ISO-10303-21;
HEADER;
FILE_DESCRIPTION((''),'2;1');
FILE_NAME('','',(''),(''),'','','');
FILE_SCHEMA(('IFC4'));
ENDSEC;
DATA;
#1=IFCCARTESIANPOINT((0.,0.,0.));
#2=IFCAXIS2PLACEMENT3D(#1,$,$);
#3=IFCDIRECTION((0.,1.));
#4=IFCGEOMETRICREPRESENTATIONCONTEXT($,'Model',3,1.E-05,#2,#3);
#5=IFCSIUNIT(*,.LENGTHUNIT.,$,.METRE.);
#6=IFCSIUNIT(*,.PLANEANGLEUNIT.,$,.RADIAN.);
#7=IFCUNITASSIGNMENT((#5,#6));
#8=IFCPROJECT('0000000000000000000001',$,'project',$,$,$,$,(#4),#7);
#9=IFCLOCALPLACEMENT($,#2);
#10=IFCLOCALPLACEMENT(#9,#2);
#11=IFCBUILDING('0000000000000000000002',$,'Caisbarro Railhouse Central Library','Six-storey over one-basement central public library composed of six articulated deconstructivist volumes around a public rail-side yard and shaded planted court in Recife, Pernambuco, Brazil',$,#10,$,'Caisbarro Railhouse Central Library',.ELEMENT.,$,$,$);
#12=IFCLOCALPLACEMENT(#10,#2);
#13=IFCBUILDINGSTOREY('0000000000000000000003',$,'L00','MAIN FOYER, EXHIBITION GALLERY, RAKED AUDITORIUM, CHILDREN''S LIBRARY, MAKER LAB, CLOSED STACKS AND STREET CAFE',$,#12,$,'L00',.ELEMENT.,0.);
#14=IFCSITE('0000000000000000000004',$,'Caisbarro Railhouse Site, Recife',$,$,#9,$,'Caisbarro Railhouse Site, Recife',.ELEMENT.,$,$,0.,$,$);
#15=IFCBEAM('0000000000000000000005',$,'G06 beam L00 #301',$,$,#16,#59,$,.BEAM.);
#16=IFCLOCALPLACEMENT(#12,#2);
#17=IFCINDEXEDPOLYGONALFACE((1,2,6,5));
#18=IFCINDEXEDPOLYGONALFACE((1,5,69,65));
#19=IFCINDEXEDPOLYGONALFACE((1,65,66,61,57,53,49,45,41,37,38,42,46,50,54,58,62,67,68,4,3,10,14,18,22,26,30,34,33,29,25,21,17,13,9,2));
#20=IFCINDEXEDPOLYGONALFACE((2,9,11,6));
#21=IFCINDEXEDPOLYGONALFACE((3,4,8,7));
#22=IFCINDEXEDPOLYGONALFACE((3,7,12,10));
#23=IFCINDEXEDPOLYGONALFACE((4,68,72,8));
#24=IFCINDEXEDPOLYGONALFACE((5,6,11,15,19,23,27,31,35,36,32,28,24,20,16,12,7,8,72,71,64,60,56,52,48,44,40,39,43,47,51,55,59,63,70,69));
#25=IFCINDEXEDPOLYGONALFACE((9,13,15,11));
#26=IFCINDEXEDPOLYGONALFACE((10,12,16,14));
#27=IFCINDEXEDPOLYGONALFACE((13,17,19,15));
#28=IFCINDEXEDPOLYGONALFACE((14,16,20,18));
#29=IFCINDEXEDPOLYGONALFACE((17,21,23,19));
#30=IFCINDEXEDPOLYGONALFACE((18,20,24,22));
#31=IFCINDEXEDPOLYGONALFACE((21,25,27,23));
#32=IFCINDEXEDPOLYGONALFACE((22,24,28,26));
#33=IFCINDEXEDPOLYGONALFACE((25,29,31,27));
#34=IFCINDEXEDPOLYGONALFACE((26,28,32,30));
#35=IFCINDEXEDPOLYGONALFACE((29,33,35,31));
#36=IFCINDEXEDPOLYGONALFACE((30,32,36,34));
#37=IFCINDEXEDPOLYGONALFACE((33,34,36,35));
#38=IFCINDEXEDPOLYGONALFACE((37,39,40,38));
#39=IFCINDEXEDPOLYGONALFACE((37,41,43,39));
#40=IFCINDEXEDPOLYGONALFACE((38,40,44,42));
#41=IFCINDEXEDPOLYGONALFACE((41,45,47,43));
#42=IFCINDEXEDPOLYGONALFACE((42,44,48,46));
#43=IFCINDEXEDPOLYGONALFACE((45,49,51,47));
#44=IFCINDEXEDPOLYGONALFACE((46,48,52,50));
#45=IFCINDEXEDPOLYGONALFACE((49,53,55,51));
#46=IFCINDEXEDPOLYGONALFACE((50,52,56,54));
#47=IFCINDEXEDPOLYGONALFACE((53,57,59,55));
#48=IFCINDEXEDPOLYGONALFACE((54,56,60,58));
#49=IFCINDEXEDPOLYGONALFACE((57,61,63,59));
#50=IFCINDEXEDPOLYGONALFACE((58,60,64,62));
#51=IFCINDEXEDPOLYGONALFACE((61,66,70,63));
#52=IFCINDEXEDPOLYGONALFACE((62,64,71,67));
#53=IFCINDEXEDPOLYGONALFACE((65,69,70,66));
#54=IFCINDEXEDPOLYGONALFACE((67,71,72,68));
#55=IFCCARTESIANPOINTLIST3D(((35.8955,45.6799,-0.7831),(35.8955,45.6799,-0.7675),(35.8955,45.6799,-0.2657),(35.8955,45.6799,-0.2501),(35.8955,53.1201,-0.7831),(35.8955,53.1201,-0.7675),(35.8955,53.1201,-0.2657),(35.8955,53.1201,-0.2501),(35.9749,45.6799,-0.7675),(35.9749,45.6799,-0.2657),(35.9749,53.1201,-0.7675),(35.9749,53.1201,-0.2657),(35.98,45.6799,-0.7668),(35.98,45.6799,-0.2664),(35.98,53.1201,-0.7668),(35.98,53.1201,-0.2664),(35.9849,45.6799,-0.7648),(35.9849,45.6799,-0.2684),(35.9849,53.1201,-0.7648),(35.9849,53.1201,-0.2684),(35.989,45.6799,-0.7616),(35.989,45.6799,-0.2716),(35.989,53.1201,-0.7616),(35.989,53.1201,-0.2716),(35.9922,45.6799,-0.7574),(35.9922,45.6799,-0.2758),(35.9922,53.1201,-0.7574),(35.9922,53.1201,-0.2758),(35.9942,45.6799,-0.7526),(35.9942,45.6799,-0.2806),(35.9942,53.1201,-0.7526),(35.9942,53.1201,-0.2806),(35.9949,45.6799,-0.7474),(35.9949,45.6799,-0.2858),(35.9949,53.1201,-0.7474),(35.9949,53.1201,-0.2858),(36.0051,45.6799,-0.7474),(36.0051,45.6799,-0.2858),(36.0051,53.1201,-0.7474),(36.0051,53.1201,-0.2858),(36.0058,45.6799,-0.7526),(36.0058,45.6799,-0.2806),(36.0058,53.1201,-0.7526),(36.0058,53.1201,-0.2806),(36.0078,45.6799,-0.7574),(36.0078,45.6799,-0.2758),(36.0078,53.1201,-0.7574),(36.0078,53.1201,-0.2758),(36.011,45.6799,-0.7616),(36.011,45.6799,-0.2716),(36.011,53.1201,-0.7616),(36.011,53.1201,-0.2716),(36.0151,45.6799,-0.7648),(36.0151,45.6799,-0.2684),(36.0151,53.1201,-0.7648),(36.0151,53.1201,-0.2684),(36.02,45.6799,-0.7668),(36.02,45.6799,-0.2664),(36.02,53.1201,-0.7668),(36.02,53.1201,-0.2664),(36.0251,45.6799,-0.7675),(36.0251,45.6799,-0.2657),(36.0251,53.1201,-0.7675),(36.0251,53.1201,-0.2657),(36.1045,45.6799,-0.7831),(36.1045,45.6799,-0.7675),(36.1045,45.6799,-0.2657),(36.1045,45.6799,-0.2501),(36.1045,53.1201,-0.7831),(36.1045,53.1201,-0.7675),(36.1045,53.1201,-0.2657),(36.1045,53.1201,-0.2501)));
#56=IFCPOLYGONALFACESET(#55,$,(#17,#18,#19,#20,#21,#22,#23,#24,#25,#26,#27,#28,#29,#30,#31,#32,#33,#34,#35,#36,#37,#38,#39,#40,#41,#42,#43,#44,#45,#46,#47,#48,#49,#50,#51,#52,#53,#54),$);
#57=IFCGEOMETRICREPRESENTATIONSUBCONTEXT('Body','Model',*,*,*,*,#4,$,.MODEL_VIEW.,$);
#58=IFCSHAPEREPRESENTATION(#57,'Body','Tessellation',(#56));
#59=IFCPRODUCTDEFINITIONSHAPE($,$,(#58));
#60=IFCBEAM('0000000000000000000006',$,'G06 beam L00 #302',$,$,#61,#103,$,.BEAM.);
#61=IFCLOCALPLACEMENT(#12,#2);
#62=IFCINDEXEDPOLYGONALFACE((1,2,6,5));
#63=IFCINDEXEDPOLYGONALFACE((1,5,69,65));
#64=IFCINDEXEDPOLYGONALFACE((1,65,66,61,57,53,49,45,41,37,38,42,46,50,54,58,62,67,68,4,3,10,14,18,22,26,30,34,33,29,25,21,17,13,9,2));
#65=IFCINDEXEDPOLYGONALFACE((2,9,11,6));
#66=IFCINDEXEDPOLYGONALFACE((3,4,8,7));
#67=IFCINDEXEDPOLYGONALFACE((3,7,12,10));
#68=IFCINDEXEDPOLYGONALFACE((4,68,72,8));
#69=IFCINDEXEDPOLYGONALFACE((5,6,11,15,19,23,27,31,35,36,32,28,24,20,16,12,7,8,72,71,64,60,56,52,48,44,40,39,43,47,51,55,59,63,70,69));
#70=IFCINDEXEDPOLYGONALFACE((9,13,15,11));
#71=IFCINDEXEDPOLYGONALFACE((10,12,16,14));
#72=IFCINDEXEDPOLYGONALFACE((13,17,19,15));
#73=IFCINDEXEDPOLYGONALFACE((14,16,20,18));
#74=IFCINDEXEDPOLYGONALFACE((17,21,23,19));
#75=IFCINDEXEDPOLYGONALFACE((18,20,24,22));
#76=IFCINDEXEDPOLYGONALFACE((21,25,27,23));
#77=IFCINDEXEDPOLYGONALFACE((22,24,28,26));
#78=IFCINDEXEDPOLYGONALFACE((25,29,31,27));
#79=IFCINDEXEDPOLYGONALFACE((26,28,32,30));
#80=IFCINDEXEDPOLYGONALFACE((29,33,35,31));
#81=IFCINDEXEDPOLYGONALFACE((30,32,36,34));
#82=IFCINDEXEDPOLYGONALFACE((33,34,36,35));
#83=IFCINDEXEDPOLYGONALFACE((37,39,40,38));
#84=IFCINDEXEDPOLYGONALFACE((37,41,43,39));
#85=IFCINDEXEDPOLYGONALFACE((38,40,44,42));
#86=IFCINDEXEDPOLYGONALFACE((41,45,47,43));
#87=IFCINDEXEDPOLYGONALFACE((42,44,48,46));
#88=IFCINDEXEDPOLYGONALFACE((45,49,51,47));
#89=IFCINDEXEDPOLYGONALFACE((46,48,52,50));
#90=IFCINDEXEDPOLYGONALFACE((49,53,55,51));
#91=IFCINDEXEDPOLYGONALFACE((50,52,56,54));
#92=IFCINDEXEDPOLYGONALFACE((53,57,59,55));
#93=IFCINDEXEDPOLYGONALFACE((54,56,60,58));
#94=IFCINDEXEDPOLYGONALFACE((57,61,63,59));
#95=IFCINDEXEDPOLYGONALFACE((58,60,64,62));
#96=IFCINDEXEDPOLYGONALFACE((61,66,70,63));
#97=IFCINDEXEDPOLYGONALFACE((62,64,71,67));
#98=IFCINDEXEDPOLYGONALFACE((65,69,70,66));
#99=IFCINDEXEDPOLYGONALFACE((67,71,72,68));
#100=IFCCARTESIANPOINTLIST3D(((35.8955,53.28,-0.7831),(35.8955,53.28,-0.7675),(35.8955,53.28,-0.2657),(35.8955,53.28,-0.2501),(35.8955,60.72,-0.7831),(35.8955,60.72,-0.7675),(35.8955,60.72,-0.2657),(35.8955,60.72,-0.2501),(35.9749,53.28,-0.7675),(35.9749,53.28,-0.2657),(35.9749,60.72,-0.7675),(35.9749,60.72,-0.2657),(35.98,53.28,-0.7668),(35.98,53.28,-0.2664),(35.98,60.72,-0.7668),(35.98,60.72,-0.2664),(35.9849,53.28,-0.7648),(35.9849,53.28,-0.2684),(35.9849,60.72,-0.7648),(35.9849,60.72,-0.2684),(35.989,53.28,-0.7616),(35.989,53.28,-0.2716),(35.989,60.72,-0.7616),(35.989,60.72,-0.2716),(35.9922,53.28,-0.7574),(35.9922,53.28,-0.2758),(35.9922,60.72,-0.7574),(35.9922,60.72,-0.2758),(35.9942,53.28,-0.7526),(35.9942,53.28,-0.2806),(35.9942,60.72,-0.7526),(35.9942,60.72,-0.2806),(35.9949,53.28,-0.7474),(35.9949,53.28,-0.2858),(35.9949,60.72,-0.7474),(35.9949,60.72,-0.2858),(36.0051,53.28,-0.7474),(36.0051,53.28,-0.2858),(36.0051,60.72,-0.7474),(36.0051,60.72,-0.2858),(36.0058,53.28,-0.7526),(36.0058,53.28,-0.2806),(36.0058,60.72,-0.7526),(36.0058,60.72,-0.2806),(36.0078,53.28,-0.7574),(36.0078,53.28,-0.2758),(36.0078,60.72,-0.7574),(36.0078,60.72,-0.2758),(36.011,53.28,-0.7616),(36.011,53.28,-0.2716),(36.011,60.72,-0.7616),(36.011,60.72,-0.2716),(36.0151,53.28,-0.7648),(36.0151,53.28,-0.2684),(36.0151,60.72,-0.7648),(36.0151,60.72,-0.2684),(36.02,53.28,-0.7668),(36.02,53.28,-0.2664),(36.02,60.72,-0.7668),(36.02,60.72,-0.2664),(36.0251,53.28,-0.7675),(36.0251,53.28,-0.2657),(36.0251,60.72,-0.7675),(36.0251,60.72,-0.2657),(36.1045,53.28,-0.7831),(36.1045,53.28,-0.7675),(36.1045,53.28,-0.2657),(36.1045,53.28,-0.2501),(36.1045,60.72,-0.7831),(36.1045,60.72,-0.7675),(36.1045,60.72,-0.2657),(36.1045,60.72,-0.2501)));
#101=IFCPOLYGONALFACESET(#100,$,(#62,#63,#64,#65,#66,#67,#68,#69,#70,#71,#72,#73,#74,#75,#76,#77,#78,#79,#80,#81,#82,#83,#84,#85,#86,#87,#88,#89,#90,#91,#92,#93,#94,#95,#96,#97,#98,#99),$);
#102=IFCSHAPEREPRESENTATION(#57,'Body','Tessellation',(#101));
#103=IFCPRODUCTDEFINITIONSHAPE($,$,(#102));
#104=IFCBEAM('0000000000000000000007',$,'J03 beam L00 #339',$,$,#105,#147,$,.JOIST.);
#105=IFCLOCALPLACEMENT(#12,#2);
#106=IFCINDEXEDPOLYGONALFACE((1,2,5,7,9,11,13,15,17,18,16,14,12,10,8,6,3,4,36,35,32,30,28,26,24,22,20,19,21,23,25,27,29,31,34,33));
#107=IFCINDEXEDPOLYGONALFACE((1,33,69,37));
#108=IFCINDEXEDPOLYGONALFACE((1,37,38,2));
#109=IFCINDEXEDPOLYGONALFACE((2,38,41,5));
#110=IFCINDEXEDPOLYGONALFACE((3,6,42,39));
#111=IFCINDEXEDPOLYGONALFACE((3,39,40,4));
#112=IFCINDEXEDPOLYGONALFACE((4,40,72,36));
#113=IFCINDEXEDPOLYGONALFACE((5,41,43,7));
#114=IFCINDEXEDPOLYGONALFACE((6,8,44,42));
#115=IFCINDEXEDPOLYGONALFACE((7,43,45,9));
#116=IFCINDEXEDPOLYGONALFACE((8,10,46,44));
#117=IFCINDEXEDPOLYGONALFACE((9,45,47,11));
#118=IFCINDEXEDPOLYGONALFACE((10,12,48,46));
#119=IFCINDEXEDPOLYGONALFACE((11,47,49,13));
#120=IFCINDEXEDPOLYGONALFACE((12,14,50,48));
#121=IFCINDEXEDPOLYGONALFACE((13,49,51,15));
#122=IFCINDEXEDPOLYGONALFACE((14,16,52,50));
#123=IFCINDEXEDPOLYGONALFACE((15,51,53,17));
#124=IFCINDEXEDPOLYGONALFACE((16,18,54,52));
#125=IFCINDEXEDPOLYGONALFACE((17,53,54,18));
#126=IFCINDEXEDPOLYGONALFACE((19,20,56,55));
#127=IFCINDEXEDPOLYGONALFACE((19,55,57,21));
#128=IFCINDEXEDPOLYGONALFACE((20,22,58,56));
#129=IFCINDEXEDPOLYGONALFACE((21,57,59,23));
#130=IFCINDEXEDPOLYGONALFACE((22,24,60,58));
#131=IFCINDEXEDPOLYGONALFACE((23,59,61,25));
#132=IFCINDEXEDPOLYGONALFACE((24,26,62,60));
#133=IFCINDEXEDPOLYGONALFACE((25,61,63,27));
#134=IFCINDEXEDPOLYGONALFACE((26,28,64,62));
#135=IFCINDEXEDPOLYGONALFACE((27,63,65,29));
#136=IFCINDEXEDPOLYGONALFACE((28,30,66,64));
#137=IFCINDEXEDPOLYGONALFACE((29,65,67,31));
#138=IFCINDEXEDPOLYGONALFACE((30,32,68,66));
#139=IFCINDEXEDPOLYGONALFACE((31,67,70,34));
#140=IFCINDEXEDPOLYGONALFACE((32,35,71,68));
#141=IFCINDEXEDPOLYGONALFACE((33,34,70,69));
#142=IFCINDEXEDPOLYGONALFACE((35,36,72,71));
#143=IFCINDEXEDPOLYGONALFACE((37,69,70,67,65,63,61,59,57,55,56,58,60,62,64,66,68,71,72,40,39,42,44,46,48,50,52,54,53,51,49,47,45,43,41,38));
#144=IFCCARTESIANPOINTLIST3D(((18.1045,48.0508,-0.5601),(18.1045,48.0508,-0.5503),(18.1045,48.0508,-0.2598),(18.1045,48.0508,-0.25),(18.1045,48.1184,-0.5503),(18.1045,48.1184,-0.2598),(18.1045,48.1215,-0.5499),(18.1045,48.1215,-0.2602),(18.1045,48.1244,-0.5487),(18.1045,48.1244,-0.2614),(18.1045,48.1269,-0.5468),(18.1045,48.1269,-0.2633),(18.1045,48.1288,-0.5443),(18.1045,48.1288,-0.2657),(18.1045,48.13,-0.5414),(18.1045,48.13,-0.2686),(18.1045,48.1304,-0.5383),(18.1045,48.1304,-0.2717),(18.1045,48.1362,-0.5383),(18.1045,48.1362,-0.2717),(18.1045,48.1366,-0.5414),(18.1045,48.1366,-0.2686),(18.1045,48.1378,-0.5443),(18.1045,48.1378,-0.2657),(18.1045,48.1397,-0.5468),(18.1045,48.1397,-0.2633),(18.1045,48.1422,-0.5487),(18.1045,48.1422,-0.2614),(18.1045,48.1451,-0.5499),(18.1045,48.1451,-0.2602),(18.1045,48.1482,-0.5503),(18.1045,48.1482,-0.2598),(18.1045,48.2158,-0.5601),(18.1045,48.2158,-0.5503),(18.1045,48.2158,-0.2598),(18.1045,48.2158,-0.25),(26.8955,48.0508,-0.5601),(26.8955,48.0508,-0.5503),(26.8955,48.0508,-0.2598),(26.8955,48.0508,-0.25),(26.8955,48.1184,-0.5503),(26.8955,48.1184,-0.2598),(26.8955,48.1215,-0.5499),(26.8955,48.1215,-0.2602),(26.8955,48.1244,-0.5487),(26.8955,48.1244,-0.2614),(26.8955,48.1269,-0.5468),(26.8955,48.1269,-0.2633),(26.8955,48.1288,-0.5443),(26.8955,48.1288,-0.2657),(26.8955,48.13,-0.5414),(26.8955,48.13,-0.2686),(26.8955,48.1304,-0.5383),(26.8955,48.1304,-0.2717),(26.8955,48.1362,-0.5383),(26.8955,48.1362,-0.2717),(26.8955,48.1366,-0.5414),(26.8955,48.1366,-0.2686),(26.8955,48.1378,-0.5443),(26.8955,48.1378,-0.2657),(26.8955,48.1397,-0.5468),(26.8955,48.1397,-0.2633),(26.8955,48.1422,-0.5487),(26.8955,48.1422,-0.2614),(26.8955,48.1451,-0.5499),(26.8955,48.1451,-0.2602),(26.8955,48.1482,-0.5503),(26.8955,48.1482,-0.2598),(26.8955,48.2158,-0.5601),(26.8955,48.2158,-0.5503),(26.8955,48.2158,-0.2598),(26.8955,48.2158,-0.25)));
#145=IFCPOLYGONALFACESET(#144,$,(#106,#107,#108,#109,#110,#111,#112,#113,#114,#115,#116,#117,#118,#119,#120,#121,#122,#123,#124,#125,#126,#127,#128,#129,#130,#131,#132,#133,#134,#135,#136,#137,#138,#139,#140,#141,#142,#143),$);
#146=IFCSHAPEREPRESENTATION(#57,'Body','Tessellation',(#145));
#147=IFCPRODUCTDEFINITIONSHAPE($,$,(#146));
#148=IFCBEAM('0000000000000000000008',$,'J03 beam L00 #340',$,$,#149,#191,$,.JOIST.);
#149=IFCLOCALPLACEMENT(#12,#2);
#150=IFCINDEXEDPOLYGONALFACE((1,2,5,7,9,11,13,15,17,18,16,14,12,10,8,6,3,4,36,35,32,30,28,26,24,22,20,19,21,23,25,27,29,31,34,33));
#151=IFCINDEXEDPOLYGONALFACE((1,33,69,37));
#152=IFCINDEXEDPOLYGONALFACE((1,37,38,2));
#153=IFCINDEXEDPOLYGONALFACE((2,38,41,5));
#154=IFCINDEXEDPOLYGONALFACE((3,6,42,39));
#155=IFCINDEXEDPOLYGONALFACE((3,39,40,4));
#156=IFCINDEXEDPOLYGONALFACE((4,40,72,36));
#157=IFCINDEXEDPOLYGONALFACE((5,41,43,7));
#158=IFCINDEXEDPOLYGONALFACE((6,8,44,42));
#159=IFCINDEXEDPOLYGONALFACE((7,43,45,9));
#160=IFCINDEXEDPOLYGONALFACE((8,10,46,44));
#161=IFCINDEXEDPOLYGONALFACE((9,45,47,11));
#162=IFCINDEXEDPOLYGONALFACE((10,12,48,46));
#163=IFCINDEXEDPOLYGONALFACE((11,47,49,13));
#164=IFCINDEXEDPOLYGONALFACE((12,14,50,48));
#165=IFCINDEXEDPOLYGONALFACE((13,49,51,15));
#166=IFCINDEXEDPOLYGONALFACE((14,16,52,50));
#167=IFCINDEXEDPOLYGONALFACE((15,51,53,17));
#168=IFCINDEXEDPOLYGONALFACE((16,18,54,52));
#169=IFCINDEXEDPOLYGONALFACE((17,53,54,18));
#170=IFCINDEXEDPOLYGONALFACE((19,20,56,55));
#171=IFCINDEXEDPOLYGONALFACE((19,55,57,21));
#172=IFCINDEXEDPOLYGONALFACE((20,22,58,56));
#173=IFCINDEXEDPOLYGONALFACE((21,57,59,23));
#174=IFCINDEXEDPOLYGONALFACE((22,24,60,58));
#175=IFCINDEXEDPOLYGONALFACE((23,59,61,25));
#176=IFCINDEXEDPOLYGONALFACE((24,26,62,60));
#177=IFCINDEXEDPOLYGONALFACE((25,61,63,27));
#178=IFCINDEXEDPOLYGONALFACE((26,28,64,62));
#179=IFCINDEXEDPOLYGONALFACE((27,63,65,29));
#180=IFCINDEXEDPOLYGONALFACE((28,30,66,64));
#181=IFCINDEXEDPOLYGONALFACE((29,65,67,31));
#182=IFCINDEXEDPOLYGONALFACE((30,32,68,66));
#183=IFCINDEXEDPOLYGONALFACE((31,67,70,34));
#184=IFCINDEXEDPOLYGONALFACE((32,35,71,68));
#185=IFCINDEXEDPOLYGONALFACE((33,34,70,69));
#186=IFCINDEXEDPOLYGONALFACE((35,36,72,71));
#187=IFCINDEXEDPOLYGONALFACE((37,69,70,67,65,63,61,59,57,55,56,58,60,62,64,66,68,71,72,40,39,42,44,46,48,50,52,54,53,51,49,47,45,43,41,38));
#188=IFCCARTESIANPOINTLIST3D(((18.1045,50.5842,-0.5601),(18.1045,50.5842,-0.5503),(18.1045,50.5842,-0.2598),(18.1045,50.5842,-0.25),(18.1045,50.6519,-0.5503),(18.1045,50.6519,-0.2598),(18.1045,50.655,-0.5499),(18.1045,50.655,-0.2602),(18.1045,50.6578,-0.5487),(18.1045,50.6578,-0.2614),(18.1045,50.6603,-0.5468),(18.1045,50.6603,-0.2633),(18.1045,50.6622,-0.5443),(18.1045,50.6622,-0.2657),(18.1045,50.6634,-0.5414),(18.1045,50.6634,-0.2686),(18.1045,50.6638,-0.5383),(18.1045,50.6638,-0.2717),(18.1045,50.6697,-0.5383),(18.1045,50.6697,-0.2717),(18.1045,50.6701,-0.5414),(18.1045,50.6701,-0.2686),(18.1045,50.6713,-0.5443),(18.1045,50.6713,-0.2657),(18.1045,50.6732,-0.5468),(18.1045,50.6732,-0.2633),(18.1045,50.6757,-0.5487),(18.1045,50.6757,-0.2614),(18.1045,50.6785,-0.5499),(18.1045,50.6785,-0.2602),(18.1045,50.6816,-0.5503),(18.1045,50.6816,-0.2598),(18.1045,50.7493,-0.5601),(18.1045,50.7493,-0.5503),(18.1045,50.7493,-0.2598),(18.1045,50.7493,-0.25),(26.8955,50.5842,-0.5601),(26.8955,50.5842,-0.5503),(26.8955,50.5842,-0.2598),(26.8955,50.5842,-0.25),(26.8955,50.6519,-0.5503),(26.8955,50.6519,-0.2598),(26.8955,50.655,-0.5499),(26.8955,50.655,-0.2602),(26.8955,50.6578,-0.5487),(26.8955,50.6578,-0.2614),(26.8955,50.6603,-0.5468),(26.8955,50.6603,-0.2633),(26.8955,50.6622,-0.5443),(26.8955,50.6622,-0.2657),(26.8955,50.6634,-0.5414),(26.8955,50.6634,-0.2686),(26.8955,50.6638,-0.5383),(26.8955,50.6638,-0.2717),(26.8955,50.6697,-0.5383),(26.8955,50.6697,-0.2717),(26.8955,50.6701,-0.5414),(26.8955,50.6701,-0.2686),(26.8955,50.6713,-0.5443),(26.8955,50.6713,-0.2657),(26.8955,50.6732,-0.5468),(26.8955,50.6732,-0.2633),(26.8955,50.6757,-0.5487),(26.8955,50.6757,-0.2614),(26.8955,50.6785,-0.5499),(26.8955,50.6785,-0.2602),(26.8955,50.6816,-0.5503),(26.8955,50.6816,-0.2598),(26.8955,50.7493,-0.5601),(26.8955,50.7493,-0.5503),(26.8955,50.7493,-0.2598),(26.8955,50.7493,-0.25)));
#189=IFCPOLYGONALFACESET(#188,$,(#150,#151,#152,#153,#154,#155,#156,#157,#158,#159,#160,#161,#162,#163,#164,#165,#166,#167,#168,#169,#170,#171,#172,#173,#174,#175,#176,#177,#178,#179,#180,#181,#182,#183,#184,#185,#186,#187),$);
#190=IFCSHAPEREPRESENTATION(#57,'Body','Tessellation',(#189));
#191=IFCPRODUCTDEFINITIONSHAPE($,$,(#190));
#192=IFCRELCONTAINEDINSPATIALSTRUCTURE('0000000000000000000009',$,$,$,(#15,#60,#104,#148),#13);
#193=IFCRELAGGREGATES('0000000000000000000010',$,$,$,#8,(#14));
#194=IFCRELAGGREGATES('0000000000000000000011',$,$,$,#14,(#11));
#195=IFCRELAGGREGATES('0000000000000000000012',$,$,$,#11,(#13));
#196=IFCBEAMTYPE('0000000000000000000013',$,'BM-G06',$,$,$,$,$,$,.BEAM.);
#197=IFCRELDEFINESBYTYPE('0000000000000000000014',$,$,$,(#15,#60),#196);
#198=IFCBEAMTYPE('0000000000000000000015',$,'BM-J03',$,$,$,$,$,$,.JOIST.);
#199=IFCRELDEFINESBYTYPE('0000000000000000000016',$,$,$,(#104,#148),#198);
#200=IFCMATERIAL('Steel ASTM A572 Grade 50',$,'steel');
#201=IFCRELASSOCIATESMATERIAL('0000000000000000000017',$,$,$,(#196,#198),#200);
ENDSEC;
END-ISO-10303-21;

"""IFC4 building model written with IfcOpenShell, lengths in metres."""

from ifc_helpers import new_model, si_unit, direction, frame, origin, origin_2d, place, context, subcontext, project, spatial, i_section, extrude, material, material_profile, profile_set, type_object, element, save


model = new_model("IFC4")

# Units and contexts
model_context = context("Model", 3, precision=1e-05, world=origin(), true_north=direction((0.0, 1.0)))
body_context = subcontext(model_context, "Body", "Model", "MODEL_VIEW")
ifc_project = project(units=[si_unit("LENGTHUNIT", "METRE"), si_unit("PLANEANGLEUNIT", "RADIAN")], contexts=[model_context])

# Site, building, storey
site_placement = place(None, origin())
site = spatial("IfcSite", under=ifc_project, at=site_placement, Name="Caisbarro Railhouse Site, Recife", LongName="Caisbarro Railhouse Site, Recife", CompositionType="ELEMENT", RefElevation=0.0)
building_placement = place(site_placement, origin())
building = spatial("IfcBuilding", under=site, at=building_placement, Name="Caisbarro Railhouse Central Library", Description="Six-storey over one-basement central public library composed of six articulated deconstructivist volumes around a public rail-side yard and shaded planted court in Recife, Pernambuco, Brazil", LongName="Caisbarro Railhouse Central Library", CompositionType="ELEMENT")
storey_placement = place(building_placement, origin())
storey = spatial("IfcBuildingStorey", under=building, at=storey_placement, Name="L00", Description="MAIN FOYER, EXHIBITION GALLERY, RAKED AUDITORIUM, CHILDREN'S LIBRARY, MAKER LAB, CLOSED STACKS AND STREET CAFE", LongName="L00", CompositionType="ELEMENT", Elevation=0.0)

# Shared definitions
ifc_material = material(Name="Steel ASTM A572 Grade 50", Category="steel")

# Beams
ifc_material_profile_1 = material_profile(ifc_material, i_section(OverallWidth=0.209, OverallDepth=0.533, WebThickness=0.0103, FlangeThickness=0.0156, FilletRadius=0.02, at=origin_2d()), Name="W530X92.0")
ifc_profile_set_1 = profile_set([ifc_material_profile_1], Name="Steel ASTM A572 Grade 50")
beam_type_1 = type_object("IfcBeamType", Name="BM-G06", PredefinedType="BEAM", material=ifc_profile_set_1)
beam_1_placement = place(storey_placement, frame((36.0, 45.6799, -0.5166), z_axis=(0.0, 1.0, 0.0), x_axis=(-1.0, 0.0, 0.0)))
element("IfcBeam", 1, at=beam_1_placement, inside=storey, type_object=beam_type_1, Name="G06 beam L00 #301", PredefinedType="BEAM", context=body_context, shape_type="SweptSolid", body=[
    extrude(i_section(OverallWidth=0.209, OverallDepth=0.533, WebThickness=0.0103, FlangeThickness=0.0156, FilletRadius=0.02, at=origin_2d()), origin(), (0.0, 0.0, 1.0), 7.4402),
])
beam_2_placement = place(storey_placement, frame((36.0, 53.28, -0.5166), z_axis=(0.0, 1.0, 0.0), x_axis=(-1.0, 0.0, 0.0)))
element("IfcBeam", 2, at=beam_2_placement, inside=storey, type_object=beam_type_1, Name="G06 beam L00 #302", PredefinedType="BEAM", context=body_context, shape_type="SweptSolid", body=[
    extrude(i_section(OverallWidth=0.209, OverallDepth=0.533, WebThickness=0.0103, FlangeThickness=0.0156, FilletRadius=0.02, at=origin_2d()), origin(), (0.0, 0.0, 1.0), 7.4399),
])
ifc_material_profile_2 = material_profile(ifc_material, i_section(OverallWidth=0.165, OverallDepth=0.3101, WebThickness=0.0059, FlangeThickness=0.0098, FilletRadius=0.012, at=origin_2d()), Name="W310X38.7")
ifc_profile_set_2 = profile_set([ifc_material_profile_2], Name="Steel ASTM A572 Grade 50")
beam_type_2 = type_object("IfcBeamType", Name="BM-J03", PredefinedType="JOIST", material=ifc_profile_set_2)
for number, where, z_axis, x_axis, name in (
    (3, (18.1045, 48.1333, -0.405), (1.0, 0.0, 0.0), (0.0, 1.0, 0.0), "J03 beam L00 #339"),
    (4, (18.1045, 50.6667, -0.405), (1.0, 0.0, 0.0), (0.0, 1.0, 0.0), "J03 beam L00 #340"),
):
    element("IfcBeam", number, at=place(storey_placement, frame(where, z_axis=z_axis, x_axis=x_axis)), inside=storey, type_object=beam_type_2, Name=name, PredefinedType="JOIST", context=body_context, shape_type="SweptSolid", body=[
        extrude(i_section(OverallWidth=0.165, OverallDepth=0.3101, WebThickness=0.0059, FlangeThickness=0.0098, FilletRadius=0.012, at=origin_2d()), origin(), (0.0, 0.0, 1.0), 8.791),
    ])

save(model, "model.ifc")
